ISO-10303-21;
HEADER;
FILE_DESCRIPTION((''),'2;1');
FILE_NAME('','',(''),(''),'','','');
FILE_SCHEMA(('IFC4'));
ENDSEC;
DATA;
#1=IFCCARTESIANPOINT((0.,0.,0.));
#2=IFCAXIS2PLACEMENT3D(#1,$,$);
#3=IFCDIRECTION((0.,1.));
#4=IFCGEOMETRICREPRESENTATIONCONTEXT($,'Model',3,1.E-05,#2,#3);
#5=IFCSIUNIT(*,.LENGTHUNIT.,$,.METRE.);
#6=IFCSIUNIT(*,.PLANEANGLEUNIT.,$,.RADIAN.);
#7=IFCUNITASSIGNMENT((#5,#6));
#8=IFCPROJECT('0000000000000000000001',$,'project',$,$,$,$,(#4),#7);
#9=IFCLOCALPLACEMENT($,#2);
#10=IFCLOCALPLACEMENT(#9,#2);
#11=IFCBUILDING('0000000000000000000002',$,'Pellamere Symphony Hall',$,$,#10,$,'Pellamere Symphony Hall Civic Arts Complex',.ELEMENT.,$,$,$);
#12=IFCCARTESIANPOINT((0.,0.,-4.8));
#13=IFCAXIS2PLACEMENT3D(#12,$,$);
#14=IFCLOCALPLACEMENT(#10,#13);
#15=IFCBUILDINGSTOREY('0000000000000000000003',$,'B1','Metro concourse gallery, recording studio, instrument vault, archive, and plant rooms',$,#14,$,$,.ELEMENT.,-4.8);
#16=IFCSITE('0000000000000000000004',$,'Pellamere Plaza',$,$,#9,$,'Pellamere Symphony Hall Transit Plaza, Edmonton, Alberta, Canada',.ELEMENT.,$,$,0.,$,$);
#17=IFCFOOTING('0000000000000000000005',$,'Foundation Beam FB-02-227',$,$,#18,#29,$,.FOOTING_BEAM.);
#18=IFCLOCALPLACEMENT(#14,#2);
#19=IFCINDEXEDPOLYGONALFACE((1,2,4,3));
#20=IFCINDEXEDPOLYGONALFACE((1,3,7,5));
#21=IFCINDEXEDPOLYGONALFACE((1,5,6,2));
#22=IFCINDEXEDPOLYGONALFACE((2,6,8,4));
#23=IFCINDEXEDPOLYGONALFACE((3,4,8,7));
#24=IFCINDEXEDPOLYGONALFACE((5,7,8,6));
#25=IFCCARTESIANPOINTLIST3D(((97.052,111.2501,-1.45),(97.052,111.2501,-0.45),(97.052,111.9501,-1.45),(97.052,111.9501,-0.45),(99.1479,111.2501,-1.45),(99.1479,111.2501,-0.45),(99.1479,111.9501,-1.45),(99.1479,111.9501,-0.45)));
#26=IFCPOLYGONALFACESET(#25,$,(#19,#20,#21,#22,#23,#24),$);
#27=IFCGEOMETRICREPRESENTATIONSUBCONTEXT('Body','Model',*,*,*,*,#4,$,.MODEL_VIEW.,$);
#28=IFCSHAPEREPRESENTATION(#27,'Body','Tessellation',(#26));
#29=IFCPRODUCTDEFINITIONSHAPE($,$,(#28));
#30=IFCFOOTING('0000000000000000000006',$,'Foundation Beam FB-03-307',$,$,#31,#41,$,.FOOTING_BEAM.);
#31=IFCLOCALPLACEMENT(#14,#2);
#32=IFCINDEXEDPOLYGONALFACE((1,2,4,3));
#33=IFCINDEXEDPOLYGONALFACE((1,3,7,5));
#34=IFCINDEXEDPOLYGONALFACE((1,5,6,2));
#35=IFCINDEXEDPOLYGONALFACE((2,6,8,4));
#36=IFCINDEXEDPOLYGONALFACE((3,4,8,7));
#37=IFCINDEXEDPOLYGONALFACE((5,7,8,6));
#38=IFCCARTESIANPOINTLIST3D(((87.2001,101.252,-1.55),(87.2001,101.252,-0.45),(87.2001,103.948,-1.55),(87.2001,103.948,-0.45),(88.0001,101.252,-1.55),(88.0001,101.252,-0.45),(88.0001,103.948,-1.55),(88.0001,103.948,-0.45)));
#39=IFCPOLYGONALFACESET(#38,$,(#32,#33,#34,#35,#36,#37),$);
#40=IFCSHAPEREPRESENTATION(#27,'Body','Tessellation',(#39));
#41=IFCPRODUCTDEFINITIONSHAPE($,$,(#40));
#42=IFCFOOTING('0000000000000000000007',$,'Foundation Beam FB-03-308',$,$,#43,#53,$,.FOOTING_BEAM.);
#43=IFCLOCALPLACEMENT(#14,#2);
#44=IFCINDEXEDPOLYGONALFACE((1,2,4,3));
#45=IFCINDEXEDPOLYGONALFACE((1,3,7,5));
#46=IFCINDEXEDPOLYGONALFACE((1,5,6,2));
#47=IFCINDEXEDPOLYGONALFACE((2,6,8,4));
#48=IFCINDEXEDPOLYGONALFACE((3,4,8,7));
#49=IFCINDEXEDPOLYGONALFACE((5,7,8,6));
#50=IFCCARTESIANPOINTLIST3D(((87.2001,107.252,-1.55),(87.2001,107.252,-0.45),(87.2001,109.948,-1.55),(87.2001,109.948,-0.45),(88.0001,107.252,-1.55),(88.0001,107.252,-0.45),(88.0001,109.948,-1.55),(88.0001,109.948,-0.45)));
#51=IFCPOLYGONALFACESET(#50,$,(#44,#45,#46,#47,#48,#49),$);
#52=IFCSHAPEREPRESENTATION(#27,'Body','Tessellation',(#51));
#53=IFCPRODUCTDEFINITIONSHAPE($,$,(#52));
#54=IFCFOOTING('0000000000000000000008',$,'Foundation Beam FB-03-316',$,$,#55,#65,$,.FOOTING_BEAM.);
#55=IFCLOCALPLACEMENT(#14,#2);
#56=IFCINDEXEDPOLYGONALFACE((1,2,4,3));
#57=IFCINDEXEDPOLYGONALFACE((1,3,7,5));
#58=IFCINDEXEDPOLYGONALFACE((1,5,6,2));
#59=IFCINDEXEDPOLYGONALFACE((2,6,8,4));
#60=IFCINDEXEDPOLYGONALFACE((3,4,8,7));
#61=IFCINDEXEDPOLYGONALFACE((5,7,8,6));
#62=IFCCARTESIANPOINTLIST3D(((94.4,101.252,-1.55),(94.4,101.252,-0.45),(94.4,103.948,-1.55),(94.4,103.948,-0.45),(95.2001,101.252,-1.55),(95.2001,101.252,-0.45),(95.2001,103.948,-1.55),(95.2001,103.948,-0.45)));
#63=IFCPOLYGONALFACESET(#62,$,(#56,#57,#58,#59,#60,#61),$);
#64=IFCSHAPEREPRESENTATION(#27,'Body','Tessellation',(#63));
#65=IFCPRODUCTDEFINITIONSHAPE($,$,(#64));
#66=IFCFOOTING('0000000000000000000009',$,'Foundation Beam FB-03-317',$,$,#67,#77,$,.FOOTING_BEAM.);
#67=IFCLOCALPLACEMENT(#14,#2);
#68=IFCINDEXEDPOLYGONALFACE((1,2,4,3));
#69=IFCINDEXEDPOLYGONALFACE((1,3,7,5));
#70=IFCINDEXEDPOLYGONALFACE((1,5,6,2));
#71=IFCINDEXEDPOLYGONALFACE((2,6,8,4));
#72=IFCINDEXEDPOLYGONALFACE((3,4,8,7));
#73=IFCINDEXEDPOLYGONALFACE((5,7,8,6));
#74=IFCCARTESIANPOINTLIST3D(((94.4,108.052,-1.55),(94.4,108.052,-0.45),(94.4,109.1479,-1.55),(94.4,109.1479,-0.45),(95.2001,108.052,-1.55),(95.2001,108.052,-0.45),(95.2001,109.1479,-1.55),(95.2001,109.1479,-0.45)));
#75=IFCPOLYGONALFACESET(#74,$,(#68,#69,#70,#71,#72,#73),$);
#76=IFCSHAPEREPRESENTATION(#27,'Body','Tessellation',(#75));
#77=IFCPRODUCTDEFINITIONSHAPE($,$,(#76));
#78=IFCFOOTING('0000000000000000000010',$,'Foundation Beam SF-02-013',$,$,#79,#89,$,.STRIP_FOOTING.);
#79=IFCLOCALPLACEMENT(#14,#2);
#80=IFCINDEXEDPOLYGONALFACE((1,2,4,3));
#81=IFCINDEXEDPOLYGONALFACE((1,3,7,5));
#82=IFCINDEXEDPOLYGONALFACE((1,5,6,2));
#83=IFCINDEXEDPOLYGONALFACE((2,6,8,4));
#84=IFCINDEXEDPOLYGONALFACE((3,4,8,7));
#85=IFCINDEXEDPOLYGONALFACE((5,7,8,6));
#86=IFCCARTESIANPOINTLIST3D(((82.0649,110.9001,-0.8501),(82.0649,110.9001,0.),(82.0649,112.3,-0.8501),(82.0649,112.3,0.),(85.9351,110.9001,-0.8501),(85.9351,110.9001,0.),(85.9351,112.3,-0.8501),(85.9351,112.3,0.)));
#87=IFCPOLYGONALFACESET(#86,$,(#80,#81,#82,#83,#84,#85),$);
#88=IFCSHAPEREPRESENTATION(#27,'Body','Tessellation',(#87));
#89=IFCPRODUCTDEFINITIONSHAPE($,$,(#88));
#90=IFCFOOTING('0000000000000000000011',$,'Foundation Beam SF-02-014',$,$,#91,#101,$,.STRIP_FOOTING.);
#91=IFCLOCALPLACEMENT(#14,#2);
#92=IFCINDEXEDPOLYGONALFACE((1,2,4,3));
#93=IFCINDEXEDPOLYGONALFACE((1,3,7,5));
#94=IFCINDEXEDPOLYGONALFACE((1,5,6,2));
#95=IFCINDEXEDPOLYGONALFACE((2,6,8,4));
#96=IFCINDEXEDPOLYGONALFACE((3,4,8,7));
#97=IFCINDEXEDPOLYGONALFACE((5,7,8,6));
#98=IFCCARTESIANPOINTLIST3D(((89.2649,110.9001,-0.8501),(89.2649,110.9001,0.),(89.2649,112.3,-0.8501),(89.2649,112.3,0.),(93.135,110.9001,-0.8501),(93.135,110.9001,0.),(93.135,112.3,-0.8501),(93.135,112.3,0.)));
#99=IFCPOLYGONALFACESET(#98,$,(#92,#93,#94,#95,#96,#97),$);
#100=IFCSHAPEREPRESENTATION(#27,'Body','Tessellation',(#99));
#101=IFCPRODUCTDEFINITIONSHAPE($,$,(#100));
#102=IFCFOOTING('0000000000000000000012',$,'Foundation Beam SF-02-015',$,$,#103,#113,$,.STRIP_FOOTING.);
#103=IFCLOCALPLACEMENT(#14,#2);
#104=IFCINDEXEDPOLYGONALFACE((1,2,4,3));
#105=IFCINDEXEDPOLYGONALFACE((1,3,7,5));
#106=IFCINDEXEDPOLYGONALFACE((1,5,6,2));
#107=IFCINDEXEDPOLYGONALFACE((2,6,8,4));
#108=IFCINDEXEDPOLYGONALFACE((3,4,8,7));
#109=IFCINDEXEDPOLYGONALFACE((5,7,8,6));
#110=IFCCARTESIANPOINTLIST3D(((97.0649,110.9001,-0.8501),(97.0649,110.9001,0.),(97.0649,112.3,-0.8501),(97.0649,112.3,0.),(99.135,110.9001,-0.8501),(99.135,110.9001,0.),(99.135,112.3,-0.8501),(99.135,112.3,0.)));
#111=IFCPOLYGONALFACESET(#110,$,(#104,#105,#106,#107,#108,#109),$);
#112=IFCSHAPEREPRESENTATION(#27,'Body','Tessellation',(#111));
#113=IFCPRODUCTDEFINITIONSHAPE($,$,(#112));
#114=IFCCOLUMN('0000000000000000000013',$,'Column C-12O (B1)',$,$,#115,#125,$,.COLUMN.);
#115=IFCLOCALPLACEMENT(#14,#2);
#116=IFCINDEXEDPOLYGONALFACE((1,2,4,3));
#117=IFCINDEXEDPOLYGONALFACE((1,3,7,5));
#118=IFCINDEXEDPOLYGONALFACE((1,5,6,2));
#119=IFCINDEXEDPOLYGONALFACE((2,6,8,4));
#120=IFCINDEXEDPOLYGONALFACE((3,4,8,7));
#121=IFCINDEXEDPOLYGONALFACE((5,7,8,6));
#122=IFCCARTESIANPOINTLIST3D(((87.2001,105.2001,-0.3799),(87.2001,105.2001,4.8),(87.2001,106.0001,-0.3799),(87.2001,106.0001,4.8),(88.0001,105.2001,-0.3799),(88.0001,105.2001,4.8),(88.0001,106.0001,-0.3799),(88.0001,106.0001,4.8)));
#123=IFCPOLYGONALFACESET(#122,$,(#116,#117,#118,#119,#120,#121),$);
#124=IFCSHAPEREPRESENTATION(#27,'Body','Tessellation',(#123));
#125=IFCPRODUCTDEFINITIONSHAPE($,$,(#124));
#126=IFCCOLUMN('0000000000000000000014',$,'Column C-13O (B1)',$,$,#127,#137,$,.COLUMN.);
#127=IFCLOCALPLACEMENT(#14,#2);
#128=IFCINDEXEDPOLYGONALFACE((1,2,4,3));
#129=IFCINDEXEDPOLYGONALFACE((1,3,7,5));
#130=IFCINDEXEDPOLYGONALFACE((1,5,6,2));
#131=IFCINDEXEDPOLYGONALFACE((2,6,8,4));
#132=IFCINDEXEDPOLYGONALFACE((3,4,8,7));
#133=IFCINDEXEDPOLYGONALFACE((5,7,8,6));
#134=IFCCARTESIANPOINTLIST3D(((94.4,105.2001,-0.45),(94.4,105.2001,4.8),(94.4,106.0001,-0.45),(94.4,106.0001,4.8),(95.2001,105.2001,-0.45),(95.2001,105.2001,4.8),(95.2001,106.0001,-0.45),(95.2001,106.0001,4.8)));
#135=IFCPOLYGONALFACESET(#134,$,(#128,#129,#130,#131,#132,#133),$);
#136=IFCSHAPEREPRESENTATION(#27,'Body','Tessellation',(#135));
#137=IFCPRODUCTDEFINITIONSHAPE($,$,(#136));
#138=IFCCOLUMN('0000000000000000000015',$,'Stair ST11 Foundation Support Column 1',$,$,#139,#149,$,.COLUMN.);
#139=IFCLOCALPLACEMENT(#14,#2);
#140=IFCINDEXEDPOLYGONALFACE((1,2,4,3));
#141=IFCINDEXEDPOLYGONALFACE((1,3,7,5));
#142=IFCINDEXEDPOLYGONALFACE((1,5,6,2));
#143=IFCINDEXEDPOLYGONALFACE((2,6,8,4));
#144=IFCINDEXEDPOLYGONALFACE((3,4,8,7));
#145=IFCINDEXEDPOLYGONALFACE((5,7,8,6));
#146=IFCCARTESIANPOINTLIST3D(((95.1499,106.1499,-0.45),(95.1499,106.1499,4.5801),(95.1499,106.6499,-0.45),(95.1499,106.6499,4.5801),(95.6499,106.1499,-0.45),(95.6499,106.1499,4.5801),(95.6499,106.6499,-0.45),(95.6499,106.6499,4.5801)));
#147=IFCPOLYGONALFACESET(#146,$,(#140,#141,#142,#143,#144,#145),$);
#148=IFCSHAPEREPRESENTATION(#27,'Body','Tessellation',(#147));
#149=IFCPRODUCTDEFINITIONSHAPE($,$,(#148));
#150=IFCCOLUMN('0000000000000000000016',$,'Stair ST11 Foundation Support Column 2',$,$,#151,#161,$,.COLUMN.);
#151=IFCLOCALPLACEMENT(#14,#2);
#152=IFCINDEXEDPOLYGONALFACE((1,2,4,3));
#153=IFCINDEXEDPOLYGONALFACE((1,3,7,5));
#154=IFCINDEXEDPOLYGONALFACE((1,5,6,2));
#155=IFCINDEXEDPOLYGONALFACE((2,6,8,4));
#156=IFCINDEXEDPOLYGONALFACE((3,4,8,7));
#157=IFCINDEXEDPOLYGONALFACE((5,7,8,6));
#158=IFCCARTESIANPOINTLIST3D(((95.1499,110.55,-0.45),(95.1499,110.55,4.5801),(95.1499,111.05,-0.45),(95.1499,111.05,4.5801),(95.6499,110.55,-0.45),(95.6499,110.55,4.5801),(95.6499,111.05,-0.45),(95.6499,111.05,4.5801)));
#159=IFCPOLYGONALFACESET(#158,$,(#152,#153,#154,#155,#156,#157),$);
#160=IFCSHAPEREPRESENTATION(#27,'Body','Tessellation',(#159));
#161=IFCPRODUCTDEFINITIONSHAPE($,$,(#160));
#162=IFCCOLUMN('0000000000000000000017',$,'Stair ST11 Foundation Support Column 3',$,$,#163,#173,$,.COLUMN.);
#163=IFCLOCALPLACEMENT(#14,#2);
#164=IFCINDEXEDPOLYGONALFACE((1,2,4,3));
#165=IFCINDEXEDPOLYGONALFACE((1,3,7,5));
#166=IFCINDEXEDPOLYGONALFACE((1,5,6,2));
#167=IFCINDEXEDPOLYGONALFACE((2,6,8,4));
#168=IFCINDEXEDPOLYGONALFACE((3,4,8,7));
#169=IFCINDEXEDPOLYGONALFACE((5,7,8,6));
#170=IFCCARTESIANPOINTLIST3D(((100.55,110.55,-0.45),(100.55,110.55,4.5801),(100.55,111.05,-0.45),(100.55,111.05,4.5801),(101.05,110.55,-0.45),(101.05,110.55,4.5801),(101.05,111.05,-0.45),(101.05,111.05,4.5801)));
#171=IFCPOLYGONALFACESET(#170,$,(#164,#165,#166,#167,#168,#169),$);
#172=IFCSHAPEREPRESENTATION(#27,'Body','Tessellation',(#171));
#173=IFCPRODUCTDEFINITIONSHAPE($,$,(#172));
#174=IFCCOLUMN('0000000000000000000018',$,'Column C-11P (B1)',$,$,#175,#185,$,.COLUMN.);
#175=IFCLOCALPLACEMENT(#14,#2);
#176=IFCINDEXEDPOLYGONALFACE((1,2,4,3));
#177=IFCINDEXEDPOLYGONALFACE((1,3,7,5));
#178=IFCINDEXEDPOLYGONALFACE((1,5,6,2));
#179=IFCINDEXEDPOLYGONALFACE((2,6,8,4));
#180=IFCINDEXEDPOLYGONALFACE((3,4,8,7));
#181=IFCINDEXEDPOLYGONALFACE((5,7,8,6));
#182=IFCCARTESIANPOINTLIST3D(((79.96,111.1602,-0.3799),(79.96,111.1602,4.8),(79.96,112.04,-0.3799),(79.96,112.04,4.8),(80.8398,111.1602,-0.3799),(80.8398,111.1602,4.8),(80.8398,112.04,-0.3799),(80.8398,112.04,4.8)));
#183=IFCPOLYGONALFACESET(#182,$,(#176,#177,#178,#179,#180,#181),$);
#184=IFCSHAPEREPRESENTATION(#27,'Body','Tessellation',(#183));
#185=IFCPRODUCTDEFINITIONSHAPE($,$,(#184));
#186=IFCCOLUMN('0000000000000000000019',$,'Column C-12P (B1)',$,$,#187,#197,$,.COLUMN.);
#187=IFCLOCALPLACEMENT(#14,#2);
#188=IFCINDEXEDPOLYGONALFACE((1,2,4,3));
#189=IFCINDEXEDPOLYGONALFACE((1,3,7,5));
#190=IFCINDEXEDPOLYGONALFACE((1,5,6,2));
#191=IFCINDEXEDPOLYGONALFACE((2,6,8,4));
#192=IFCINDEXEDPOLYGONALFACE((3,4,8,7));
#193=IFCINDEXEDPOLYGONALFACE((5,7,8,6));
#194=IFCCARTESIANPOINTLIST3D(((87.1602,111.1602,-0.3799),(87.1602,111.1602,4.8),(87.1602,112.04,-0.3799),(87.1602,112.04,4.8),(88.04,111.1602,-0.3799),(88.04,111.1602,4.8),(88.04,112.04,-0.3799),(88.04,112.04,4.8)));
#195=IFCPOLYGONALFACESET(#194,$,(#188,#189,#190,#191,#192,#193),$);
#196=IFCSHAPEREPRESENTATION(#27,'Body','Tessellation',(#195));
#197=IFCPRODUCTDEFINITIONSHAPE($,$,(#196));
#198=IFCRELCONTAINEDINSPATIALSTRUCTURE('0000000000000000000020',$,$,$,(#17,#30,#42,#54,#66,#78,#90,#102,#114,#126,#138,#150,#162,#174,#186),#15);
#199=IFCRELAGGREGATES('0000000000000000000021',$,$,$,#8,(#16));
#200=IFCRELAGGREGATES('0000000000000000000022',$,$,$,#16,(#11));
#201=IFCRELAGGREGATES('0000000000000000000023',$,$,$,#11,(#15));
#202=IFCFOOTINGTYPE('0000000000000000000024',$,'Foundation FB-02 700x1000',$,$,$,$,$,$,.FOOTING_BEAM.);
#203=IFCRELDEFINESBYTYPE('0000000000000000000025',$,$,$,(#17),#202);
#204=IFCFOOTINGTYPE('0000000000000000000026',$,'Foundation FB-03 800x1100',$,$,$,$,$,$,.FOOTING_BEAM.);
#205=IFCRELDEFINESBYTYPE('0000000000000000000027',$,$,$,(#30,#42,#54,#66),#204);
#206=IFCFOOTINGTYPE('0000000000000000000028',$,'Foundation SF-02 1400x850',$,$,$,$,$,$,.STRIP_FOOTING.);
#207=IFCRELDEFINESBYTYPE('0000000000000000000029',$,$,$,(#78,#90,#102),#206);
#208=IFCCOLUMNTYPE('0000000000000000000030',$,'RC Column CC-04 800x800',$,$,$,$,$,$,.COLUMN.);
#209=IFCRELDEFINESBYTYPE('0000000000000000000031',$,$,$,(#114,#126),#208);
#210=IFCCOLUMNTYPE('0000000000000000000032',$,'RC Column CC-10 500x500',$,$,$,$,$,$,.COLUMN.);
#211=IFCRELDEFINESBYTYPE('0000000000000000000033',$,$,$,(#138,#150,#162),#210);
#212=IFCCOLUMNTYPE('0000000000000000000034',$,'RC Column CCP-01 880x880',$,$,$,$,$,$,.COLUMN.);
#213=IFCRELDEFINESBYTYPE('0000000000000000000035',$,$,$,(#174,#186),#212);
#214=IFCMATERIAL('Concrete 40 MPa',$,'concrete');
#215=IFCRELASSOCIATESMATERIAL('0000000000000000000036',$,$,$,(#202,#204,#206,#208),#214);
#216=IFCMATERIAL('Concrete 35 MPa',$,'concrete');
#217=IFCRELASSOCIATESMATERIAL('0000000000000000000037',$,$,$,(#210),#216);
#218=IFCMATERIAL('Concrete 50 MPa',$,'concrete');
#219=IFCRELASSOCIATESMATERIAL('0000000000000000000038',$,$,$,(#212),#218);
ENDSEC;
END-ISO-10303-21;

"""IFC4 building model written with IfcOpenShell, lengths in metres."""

from ifc_helpers import new_model, si_unit, direction, frame, origin, origin_2d, place, context, subcontext, project, spatial, rectangle, extrude, material, material_profile, profile_set, type_object, element, save


model = new_model("IFC4")

# Units and contexts
model_context = context("Model", 3, precision=1e-05, world=origin(), true_north=direction((0.0, 1.0)))
body_context = subcontext(model_context, "Body", "Model", "MODEL_VIEW")
ifc_project = project(units=[si_unit("LENGTHUNIT", "METRE"), si_unit("PLANEANGLEUNIT", "RADIAN")], contexts=[model_context])

# Site, building, storey
site_placement = place(None, origin())
site = spatial("IfcSite", under=ifc_project, at=site_placement, Name="Pellamere Plaza", LongName="Pellamere Symphony Hall Transit Plaza, Edmonton, Alberta, Canada", CompositionType="ELEMENT", RefElevation=0.0)
building_placement = place(site_placement, origin())
building = spatial("IfcBuilding", under=site, at=building_placement, Name="Pellamere Symphony Hall", LongName="Pellamere Symphony Hall Civic Arts Complex", CompositionType="ELEMENT")
storey_placement = place(building_placement, frame((0.0, 0.0, -4.8)))
storey = spatial("IfcBuildingStorey", under=building, at=storey_placement, Name="B1", Description="Metro concourse gallery, recording studio, instrument vault, archive, and plant rooms", CompositionType="ELEMENT", Elevation=-4.8)

# Shared definitions
ifc_material_1 = material(Name="Concrete 35 MPa", Category="concrete")

# Footings
ifc_material_2 = material(Name="Concrete 40 MPa", Category="concrete")
ifc_material_profile_1 = material_profile(ifc_material_2, rectangle(XDim=0.7, YDim=1.0, at=origin_2d()), Name="RC 700x1000")
ifc_profile_set_1 = profile_set([ifc_material_profile_1], Name="Concrete 40 MPa")
footing_type_1 = type_object("IfcFootingType", Name="Foundation FB-02 700x1000", PredefinedType="FOOTING_BEAM", material=ifc_profile_set_1)
footing_1_placement = place(storey_placement, frame((97.052, 111.6001, -0.95), z_axis=(1.0, 0.0, 0.0), x_axis=(0.0, 1.0, 0.0)))
element("IfcFooting", 1, at=footing_1_placement, inside=storey, type_object=footing_type_1, Name="Foundation Beam FB-02-227", PredefinedType="FOOTING_BEAM", context=body_context, shape_type="SweptSolid", body=[
    extrude(rectangle(XDim=0.7, YDim=1.0, at=origin_2d()), origin(), (0.0, 0.0, 1.0), 2.0959),
])
ifc_material_profile_2 = material_profile(ifc_material_2, rectangle(XDim=0.8, YDim=1.1001, at=origin_2d()), Name="RC 800x1100")
ifc_profile_set_2 = profile_set([ifc_material_profile_2], Name="Concrete 40 MPa")
footing_type_2 = type_object("IfcFootingType", Name="Foundation FB-03 800x1100", PredefinedType="FOOTING_BEAM", material=ifc_profile_set_2)
for number, where, z_axis, x_axis, name in (
    (2, (87.6001, 101.252, -1.0), (0.0, 1.0, 0.0), (-1.0, 0.0, 0.0), "Foundation Beam FB-03-307"),
    (3, (87.6001, 107.252, -1.0), (0.0, 1.0, 0.0), (-1.0, 0.0, 0.0), "Foundation Beam FB-03-308"),
    (4, (94.8, 101.252, -1.0), (0.0, 1.0, 0.0), (-1.0, 0.0, 0.0), "Foundation Beam FB-03-316"),
):
    element("IfcFooting", number, at=place(storey_placement, frame(where, z_axis=z_axis, x_axis=x_axis)), inside=storey, type_object=footing_type_2, Name=name, PredefinedType="FOOTING_BEAM", context=body_context, shape_type="SweptSolid", body=[
        extrude(rectangle(XDim=0.8, YDim=1.1001, at=origin_2d()), origin(), (0.0, 0.0, 1.0), 2.696),
    ])
footing_2_placement = place(storey_placement, frame((94.8, 108.052, -1.0), z_axis=(0.0, 1.0, 0.0), x_axis=(-1.0, 0.0, 0.0)))
element("IfcFooting", 5, at=footing_2_placement, inside=storey, type_object=footing_type_2, Name="Foundation Beam FB-03-317", PredefinedType="FOOTING_BEAM", context=body_context, shape_type="SweptSolid", body=[
    extrude(rectangle(XDim=0.8, YDim=1.1001, at=origin_2d()), origin(), (0.0, 0.0, 1.0), 1.0959),
])
ifc_material_profile_3 = material_profile(ifc_material_2, rectangle(XDim=1.3999, YDim=0.8501, at=origin_2d()), Name="RC 1400x850")
ifc_profile_set_3 = profile_set([ifc_material_profile_3], Name="Concrete 40 MPa")
footing_type_3 = type_object("IfcFootingType", Name="Foundation SF-02 1400x850", PredefinedType="STRIP_FOOTING", material=ifc_profile_set_3)
for number, where, z_axis, x_axis, name in (
    (6, (82.0649, 111.6001, -0.425), (1.0, 0.0, 0.0), (0.0, 1.0, 0.0), "Foundation Beam SF-02-013"),
    (7, (89.2649, 111.6001, -0.425), (1.0, 0.0, 0.0), (0.0, 1.0, 0.0), "Foundation Beam SF-02-014"),
):
    element("IfcFooting", number, at=place(storey_placement, frame(where, z_axis=z_axis, x_axis=x_axis)), inside=storey, type_object=footing_type_3, Name=name, PredefinedType="STRIP_FOOTING", context=body_context, shape_type="SweptSolid", body=[
        extrude(rectangle(XDim=1.3999, YDim=0.8501, at=origin_2d()), origin(), (0.0, 0.0, 1.0), 3.8701),
    ])
footing_3_placement = place(storey_placement, frame((97.0649, 111.6001, -0.425), z_axis=(1.0, 0.0, 0.0), x_axis=(0.0, 1.0, 0.0)))
element("IfcFooting", 8, at=footing_3_placement, inside=storey, type_object=footing_type_3, Name="Foundation Beam SF-02-015", PredefinedType="STRIP_FOOTING", context=body_context, shape_type="SweptSolid", body=[
    extrude(rectangle(XDim=1.3999, YDim=0.8501, at=origin_2d()), origin(), (0.0, 0.0, 1.0), 2.0701),
])

# Columns
ifc_material_profile_4 = material_profile(ifc_material_2, rectangle(XDim=0.8, YDim=0.8, at=origin_2d()), Name="RC 800x800")
ifc_profile_set_4 = profile_set([ifc_material_profile_4], Name="Concrete 40 MPa")
column_type_1 = type_object("IfcColumnType", Name="RC Column CC-04 800x800", PredefinedType="COLUMN", material=ifc_profile_set_4)
column_1_placement = place(storey_placement, frame((87.6001, 105.6001, -0.3799), z_axis=(0.0, 0.0, 1.0), x_axis=(1.0, 0.0, 0.0)))
element("IfcColumn", 9, at=column_1_placement, inside=storey, type_object=column_type_1, Name="Column C-12O (B1)", PredefinedType="COLUMN", context=body_context, shape_type="SweptSolid", body=[
    extrude(rectangle(XDim=0.8, YDim=0.8, at=origin_2d()), origin(), (0.0, 0.0, 1.0), 5.1799),
])
column_2_placement = place(storey_placement, frame((94.8, 105.6001, -0.45), z_axis=(0.0, 0.0, 1.0), x_axis=(1.0, 0.0, 0.0)))
element("IfcColumn", 10, at=column_2_placement, inside=storey, type_object=column_type_1, Name="Column C-13O (B1)", PredefinedType="COLUMN", context=body_context, shape_type="SweptSolid", body=[
    extrude(rectangle(XDim=0.8, YDim=0.8, at=origin_2d()), origin(), (0.0, 0.0, 1.0), 5.25),
])
ifc_material_profile_5 = material_profile(ifc_material_1, rectangle(XDim=0.5, YDim=0.5, at=origin_2d()), Name="RC 500x500")
ifc_profile_set_5 = profile_set([ifc_material_profile_5], Name="Concrete 35 MPa")
column_type_2 = type_object("IfcColumnType", Name="RC Column CC-10 500x500", PredefinedType="COLUMN", material=ifc_profile_set_5)
for number, where, z_axis, x_axis, name in (
    (11, (95.3999, 106.3999, -0.45), (0.0, 0.0, 1.0), (1.0, 0.0, 0.0), "Stair ST11 Foundation Support Column 1"),
    (12, (95.3999, 110.8, -0.45), (0.0, 0.0, 1.0), (1.0, 0.0, 0.0), "Stair ST11 Foundation Support Column 2"),
    (13, (100.8, 110.8, -0.45), (0.0, 0.0, 1.0), (1.0, 0.0, 0.0), "Stair ST11 Foundation Support Column 3"),
):
    element("IfcColumn", number, at=place(storey_placement, frame(where, z_axis=z_axis, x_axis=x_axis)), inside=storey, type_object=column_type_2, Name=name, PredefinedType="COLUMN", context=body_context, shape_type="SweptSolid", body=[
        extrude(rectangle(XDim=0.5, YDim=0.5, at=origin_2d()), origin(), (0.0, 0.0, 1.0), 5.03),
    ])
ifc_material_3 = material(Name="Concrete 50 MPa", Category="concrete")
ifc_material_profile_6 = material_profile(ifc_material_3, rectangle(XDim=0.8799, YDim=0.8799, at=origin_2d()), Name="RC 880x880")
ifc_profile_set_6 = profile_set([ifc_material_profile_6], Name="Concrete 50 MPa")
column_type_3 = type_object("IfcColumnType", Name="RC Column CCP-01 880x880", PredefinedType="COLUMN", material=ifc_profile_set_6)
for number, where, z_axis, x_axis, name in (
    (14, (80.3999, 111.6001, -0.3799), (0.0, 0.0, 1.0), (1.0, 0.0, 0.0), "Column C-11P (B1)"),
    (15, (87.6001, 111.6001, -0.3799), (0.0, 0.0, 1.0), (1.0, 0.0, 0.0), "Column C-12P (B1)"),
):
    element("IfcColumn", number, at=place(storey_placement, frame(where, z_axis=z_axis, x_axis=x_axis)), inside=storey, type_object=column_type_3, Name=name, PredefinedType="COLUMN", context=body_context, shape_type="SweptSolid", body=[
        extrude(rectangle(XDim=0.8799, YDim=0.8799, at=origin_2d()), origin(), (0.0, 0.0, 1.0), 5.1799),
    ])

save(model, "model.ifc")
